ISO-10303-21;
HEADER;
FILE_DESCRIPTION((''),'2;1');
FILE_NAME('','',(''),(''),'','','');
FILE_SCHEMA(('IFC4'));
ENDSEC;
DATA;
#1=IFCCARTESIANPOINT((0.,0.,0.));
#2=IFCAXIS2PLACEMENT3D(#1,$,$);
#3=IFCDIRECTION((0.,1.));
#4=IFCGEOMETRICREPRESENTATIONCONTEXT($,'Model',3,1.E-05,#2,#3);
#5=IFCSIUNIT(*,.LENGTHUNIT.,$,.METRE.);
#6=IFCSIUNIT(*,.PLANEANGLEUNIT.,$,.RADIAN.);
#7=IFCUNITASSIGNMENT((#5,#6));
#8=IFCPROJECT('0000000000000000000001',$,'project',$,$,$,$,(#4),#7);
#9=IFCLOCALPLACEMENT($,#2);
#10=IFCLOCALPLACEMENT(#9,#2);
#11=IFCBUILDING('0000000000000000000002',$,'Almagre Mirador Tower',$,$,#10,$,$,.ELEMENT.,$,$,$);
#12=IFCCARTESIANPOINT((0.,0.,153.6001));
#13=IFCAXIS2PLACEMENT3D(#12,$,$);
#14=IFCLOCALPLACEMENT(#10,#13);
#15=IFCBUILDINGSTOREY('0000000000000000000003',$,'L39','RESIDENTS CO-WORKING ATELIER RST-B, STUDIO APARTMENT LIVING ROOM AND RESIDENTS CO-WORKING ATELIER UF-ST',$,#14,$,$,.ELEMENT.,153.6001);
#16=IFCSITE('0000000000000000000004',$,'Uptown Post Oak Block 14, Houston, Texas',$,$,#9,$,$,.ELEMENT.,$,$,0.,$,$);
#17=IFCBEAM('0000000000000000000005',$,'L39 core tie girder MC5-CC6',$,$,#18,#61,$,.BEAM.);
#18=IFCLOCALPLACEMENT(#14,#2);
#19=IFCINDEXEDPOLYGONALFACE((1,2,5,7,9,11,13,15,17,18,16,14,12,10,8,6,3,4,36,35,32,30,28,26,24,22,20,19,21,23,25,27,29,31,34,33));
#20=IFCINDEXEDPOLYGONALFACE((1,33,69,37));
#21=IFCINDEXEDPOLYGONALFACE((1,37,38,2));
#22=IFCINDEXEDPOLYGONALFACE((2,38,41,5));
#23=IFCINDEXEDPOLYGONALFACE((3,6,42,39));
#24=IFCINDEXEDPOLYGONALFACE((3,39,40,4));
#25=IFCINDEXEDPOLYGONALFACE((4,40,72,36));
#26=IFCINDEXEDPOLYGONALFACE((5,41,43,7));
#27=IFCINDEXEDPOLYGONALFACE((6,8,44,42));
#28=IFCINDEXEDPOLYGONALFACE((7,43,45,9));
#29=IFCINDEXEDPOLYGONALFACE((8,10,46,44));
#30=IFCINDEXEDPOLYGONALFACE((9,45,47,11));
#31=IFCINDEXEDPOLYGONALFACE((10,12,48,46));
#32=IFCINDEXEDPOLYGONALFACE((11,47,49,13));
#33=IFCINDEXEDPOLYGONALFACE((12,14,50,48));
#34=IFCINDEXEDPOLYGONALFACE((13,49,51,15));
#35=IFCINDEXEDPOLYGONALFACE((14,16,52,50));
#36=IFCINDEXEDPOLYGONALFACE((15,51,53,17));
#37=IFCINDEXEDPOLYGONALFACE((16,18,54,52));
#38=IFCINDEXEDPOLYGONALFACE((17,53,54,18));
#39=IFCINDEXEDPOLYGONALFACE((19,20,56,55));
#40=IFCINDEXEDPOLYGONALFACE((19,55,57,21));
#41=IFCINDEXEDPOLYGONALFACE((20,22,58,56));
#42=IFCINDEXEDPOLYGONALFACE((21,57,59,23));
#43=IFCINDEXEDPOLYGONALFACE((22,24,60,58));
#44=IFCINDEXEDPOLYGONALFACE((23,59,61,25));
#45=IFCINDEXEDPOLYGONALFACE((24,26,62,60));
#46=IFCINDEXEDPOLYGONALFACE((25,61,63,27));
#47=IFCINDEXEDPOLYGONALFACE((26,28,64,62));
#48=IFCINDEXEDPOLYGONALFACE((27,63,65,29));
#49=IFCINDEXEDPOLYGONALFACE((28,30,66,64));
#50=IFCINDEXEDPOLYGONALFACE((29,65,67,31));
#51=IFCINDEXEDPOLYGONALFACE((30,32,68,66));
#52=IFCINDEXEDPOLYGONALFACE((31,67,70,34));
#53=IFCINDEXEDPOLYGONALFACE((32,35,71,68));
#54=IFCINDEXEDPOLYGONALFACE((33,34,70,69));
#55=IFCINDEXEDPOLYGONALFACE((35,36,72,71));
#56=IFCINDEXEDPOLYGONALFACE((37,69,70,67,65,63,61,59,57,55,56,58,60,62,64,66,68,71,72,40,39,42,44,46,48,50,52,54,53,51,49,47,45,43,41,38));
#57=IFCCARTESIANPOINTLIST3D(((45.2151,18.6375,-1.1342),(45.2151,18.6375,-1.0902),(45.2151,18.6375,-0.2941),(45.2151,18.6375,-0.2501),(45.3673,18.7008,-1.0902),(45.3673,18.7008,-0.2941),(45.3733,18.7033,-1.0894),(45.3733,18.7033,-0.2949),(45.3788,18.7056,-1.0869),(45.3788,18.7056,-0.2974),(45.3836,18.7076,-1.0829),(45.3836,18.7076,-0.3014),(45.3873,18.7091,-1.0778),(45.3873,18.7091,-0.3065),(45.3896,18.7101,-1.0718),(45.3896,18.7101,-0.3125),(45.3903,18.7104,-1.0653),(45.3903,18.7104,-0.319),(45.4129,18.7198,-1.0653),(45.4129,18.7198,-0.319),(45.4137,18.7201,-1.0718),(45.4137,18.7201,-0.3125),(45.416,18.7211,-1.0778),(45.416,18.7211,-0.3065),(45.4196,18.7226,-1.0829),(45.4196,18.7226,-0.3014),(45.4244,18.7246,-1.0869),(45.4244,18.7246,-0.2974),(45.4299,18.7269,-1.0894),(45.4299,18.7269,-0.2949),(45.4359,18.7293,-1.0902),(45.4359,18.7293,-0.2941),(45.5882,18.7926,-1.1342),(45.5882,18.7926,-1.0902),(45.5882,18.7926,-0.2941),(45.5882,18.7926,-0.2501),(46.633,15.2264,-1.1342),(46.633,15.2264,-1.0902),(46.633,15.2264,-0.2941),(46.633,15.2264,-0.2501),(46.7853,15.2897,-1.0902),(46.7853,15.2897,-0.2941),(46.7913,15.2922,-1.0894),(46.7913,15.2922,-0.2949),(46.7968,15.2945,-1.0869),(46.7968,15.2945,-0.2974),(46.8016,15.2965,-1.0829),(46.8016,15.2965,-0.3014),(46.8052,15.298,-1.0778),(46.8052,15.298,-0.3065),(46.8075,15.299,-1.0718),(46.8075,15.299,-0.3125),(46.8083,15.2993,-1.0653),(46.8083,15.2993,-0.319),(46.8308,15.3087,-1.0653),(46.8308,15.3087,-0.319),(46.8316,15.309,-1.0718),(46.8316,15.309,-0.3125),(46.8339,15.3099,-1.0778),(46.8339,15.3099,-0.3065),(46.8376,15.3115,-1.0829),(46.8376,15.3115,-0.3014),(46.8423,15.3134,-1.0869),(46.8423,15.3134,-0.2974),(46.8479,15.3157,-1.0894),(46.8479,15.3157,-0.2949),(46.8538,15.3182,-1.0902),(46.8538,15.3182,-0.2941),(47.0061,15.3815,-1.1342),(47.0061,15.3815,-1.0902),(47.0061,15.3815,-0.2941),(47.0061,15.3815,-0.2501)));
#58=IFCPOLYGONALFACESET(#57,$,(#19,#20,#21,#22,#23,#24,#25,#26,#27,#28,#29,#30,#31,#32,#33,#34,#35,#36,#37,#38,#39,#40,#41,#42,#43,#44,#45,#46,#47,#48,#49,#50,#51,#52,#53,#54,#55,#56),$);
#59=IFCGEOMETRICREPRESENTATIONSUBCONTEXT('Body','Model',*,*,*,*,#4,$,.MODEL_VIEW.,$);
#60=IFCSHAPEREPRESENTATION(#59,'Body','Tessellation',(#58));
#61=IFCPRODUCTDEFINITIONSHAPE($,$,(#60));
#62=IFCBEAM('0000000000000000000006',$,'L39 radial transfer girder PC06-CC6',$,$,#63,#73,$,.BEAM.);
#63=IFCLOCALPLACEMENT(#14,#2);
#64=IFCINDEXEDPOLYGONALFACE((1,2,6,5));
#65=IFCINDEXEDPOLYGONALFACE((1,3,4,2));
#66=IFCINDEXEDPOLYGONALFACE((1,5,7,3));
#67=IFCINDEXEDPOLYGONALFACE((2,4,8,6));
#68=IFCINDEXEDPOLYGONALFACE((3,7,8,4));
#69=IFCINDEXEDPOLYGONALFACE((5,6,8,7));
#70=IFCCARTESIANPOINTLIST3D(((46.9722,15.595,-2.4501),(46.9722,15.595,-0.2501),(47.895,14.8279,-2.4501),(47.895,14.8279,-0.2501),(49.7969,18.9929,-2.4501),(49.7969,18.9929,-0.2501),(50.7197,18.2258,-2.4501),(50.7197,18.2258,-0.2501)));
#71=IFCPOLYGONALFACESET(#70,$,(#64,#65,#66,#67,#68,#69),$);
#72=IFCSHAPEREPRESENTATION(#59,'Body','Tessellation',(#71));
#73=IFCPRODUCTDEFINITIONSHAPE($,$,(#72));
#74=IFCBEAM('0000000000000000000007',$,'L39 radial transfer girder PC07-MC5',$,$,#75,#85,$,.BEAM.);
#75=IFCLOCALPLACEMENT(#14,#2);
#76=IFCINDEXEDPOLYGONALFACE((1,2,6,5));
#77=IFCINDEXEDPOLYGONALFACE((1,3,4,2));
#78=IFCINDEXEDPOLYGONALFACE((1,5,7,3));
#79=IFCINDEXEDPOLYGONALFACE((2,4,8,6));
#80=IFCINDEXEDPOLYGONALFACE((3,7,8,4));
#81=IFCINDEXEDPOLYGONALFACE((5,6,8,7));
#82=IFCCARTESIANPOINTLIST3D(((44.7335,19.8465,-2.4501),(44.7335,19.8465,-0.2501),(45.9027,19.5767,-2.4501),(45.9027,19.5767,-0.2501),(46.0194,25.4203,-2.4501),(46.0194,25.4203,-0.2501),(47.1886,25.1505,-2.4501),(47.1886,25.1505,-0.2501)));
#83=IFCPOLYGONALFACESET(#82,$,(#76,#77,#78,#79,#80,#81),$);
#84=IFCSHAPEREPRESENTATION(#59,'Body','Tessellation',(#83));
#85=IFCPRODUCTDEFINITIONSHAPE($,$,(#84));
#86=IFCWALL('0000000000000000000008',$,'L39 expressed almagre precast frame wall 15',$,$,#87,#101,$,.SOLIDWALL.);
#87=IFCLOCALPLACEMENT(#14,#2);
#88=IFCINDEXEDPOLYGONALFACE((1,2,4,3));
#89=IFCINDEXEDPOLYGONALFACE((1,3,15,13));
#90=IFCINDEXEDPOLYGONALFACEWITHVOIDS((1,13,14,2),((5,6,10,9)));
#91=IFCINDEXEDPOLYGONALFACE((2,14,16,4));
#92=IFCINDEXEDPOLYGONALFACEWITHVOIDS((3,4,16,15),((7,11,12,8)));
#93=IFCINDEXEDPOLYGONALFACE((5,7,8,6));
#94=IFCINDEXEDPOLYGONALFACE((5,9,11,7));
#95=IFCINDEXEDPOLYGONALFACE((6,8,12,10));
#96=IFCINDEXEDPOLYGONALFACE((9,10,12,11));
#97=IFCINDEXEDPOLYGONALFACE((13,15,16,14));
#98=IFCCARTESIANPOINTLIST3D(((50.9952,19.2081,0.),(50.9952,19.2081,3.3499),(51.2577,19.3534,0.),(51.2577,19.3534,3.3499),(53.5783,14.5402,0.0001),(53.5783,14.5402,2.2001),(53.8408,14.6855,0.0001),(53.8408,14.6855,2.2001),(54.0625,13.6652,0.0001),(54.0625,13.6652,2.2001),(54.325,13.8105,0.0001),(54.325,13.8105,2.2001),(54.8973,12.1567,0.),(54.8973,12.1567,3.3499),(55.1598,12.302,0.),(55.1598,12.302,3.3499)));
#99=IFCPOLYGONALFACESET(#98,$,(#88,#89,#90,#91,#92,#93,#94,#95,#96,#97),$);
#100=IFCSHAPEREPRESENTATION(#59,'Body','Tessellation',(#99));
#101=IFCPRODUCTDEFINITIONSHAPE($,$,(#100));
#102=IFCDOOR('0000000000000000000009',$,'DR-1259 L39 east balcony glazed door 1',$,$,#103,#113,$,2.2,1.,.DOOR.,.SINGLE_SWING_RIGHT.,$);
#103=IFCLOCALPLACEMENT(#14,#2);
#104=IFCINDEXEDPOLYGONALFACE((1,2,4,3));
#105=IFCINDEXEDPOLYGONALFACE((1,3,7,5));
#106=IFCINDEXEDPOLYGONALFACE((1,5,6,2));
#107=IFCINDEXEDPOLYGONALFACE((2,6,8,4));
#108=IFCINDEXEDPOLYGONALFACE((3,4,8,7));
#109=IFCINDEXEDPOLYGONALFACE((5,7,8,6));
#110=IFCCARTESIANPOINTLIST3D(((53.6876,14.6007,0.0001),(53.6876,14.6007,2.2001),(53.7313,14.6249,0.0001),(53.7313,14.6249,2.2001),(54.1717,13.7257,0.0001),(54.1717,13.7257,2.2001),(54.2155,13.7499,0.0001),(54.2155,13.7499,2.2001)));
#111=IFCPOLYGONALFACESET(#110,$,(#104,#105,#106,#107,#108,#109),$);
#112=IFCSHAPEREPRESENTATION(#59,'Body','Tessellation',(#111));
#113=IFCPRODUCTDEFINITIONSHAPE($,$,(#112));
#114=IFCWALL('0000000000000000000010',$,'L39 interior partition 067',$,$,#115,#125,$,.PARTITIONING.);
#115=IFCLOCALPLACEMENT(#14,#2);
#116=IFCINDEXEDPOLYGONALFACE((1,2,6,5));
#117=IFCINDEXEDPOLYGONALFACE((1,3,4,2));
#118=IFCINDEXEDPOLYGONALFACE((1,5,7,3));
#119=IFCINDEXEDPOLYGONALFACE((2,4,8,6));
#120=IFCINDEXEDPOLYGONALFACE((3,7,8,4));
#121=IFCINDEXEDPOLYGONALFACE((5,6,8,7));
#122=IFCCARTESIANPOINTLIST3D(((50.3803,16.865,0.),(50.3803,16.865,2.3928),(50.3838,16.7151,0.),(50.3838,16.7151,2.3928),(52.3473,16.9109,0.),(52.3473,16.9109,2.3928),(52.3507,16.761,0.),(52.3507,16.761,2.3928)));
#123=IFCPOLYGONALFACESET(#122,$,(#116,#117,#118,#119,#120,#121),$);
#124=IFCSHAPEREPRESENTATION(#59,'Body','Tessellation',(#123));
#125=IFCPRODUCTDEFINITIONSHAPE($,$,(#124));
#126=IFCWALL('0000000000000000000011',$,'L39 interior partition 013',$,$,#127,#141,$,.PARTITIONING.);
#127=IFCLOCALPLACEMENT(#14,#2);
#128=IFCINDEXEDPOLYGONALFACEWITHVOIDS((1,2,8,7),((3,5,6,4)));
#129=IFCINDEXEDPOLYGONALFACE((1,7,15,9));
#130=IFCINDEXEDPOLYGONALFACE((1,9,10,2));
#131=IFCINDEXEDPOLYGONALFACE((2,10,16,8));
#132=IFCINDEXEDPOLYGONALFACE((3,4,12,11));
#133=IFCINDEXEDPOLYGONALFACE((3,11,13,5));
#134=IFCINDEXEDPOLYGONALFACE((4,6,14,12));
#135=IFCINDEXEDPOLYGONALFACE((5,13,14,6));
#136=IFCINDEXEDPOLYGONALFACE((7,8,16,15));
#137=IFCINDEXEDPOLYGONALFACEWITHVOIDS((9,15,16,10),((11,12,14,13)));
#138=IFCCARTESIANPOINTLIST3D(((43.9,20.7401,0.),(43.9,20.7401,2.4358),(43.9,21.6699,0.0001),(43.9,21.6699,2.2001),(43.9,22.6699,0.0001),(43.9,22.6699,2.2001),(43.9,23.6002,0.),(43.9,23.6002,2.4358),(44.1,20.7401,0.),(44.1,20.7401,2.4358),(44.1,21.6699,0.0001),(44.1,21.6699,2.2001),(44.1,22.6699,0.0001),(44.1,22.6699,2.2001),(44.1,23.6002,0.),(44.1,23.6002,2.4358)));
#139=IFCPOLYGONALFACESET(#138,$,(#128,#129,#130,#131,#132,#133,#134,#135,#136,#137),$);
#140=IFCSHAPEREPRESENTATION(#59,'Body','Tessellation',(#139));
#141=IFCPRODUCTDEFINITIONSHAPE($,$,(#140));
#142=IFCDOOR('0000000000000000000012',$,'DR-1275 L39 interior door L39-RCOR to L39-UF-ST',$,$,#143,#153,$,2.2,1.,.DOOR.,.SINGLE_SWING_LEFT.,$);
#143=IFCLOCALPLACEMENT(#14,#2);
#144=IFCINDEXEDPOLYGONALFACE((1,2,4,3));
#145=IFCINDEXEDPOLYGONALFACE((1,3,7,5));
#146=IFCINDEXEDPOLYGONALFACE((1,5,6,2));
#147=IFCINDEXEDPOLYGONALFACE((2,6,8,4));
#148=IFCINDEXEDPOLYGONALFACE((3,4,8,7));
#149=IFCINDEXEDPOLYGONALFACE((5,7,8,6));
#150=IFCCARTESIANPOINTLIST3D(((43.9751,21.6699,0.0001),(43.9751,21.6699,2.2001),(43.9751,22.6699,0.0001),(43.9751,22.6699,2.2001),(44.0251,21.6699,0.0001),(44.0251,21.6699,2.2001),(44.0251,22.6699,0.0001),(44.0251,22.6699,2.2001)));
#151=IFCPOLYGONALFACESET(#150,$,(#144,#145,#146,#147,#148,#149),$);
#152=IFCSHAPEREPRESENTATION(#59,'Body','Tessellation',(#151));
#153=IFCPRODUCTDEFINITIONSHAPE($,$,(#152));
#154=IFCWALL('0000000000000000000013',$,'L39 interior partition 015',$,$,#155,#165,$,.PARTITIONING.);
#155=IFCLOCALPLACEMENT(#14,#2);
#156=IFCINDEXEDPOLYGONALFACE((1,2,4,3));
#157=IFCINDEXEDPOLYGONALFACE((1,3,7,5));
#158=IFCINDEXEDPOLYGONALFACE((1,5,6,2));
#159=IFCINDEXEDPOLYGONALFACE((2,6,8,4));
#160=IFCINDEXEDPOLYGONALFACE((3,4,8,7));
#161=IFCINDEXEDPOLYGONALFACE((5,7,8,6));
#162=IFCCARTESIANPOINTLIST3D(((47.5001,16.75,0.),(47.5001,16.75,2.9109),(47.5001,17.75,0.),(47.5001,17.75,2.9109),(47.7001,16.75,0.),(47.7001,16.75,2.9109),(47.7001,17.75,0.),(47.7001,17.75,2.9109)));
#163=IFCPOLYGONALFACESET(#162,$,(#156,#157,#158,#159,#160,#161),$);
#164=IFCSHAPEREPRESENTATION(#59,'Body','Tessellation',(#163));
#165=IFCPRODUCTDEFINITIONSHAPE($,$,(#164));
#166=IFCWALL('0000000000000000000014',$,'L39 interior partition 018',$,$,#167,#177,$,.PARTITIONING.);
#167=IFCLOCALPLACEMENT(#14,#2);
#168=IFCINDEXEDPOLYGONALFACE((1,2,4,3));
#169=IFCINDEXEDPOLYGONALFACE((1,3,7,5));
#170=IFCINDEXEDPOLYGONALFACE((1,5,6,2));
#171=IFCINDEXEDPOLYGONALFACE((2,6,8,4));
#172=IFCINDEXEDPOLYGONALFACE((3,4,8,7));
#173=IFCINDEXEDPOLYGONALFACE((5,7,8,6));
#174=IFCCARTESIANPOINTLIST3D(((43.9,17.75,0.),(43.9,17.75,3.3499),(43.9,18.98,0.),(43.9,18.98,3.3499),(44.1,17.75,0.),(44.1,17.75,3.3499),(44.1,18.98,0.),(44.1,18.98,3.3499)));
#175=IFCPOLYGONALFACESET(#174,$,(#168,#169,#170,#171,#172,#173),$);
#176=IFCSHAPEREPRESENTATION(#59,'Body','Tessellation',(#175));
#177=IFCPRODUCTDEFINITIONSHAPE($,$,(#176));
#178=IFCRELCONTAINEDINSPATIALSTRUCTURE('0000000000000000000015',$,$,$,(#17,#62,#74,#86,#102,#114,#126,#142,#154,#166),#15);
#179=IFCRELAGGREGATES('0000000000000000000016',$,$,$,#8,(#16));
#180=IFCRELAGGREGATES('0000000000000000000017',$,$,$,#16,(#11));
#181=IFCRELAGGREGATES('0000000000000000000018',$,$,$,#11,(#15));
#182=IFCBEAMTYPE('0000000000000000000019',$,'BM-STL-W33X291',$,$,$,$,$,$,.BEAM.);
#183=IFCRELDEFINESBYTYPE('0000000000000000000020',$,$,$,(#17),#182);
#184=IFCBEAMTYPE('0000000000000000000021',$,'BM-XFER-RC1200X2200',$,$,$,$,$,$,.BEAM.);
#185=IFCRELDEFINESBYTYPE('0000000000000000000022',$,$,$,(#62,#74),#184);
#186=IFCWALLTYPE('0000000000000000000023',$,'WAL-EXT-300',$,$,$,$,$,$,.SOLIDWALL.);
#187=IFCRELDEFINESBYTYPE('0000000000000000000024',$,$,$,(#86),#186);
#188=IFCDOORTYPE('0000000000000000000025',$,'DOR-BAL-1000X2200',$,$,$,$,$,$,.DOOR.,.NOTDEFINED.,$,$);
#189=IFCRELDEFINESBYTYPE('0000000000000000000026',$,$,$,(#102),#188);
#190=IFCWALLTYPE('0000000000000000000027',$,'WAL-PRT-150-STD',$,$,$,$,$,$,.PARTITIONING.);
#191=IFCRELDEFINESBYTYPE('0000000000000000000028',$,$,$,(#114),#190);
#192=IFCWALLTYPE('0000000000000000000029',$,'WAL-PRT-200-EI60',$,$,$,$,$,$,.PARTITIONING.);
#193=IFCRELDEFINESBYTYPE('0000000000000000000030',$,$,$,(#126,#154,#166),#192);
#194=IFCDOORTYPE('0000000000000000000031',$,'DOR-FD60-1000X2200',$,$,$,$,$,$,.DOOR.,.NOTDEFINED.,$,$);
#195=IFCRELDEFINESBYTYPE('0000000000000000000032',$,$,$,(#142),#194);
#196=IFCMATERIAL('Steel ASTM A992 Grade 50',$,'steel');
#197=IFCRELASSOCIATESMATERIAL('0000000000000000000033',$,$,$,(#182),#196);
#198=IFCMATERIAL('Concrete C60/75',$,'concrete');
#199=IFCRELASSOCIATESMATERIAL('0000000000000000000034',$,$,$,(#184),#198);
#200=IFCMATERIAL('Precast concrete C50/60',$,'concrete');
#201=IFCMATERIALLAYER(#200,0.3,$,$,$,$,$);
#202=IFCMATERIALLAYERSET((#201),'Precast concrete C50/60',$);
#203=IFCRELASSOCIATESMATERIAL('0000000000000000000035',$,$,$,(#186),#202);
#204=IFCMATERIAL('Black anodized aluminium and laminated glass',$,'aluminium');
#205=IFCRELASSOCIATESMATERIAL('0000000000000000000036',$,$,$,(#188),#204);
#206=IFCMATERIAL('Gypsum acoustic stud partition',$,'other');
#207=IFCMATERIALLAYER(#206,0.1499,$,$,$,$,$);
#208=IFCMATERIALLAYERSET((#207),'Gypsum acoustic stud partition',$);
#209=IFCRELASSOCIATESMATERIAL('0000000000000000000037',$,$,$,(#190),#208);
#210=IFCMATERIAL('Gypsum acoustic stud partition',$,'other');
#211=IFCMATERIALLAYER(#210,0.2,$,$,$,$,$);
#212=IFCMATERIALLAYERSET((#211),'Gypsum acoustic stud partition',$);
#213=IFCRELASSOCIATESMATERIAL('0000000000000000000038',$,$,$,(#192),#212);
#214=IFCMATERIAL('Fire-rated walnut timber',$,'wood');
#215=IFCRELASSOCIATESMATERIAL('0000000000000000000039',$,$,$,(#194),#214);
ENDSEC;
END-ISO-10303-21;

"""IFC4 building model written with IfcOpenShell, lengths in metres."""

from ifc_helpers import new_model, si_unit, direction, frame, frame_2d, origin, origin_2d, place, context, subcontext, project, spatial, rectangle, i_section, extrude, material, layer, layer_set, material_profile, profile_set, type_object, element, fill, save


model = new_model("IFC4")

# Units and contexts
model_context = context("Model", 3, precision=1e-05, world=origin(), true_north=direction((0.0, 1.0)))
body_context = subcontext(model_context, "Body", "Model", "MODEL_VIEW")
ifc_project = project(units=[si_unit("LENGTHUNIT", "METRE"), si_unit("PLANEANGLEUNIT", "RADIAN")], contexts=[model_context])

# Site, building, storey
site_placement = place(None, origin())
site = spatial("IfcSite", under=ifc_project, at=site_placement, Name="Uptown Post Oak Block 14, Houston, Texas", CompositionType="ELEMENT", RefElevation=0.0)
building_placement = place(site_placement, origin())
building = spatial("IfcBuilding", under=site, at=building_placement, Name="Almagre Mirador Tower", CompositionType="ELEMENT")
storey_placement = place(building_placement, frame((0.0, 0.0, 153.6001)))
storey = spatial("IfcBuildingStorey", under=building, at=storey_placement, Name="L39", Description="RESIDENTS CO-WORKING ATELIER RST-B, STUDIO APARTMENT LIVING ROOM AND RESIDENTS CO-WORKING ATELIER UF-ST", CompositionType="ELEMENT", Elevation=153.6001)

# Beams
ifc_material_1 = material(Name="Steel ASTM A992 Grade 50", Category="steel")
ifc_material_profile_1 = material_profile(ifc_material_1, i_section(OverallWidth=0.4041, OverallDepth=0.884, WebThickness=0.0244, FlangeThickness=0.0439, FilletRadius=0.0249, at=origin_2d()), Name="W33X291")
ifc_profile_set_1 = profile_set([ifc_material_profile_1], Name="Steel ASTM A992 Grade 50")
beam_type_1 = type_object("IfcBeamType", Name="BM-STL-W33X291", PredefinedType="BEAM", material=ifc_profile_set_1)
beam_1_placement = place(storey_placement, frame((45.4016, 18.7151, -0.6921), z_axis=(0.383846, -0.923397, 0.0), x_axis=(0.923397, 0.383846, 0.0)))
element("IfcBeam", 1, at=beam_1_placement, inside=storey, type_object=beam_type_1, Name="L39 core tie girder MC5-CC6", PredefinedType="BEAM", context=body_context, shape_type="SweptSolid", body=[
    extrude(i_section(OverallWidth=0.4041, OverallDepth=0.884, WebThickness=0.0244, FlangeThickness=0.0439, FilletRadius=0.0249, at=origin_2d()), origin(), (0.0, 0.0, 1.0), 3.6941),
])
ifc_material_2 = material(Name="Concrete C60/75", Category="concrete")
ifc_material_profile_2 = material_profile(ifc_material_2, rectangle(XDim=1.2, YDim=2.2, at=origin_2d()), Name="RC1200X2200")
ifc_profile_set_2 = profile_set([ifc_material_profile_2], Name="Concrete C60/75")
beam_type_2 = type_object("IfcBeamType", Name="BM-XFER-RC1200X2200", PredefinedType="BEAM", material=ifc_profile_set_2)
beam_2_placement = place(storey_placement, frame((50.2583, 18.6094, -1.3501), z_axis=(-0.63926, -0.768991, 0.0), x_axis=(0.768991, -0.63926, 0.0)))
element("IfcBeam", 2, at=beam_2_placement, inside=storey, type_object=beam_type_2, Name="L39 radial transfer girder PC06-CC6", PredefinedType="BEAM", context=body_context, shape_type="SweptSolid", body=[
    extrude(rectangle(XDim=1.2, YDim=2.2, at=origin_2d()), origin(), (0.0, 0.0, 1.0), 4.4187),
])
beam_3_placement = place(storey_placement, frame((46.604, 25.2854, -1.3501), z_axis=(-0.2248, -0.974405, 0.0), x_axis=(0.974405, -0.2248, 0.0)))
element("IfcBeam", 3, at=beam_3_placement, inside=storey, type_object=beam_type_2, Name="L39 radial transfer girder PC07-MC5", PredefinedType="BEAM", context=body_context, shape_type="SweptSolid", body=[
    extrude(rectangle(XDim=1.2, YDim=2.2, at=origin_2d()), origin(), (0.0, 0.0, 1.0), 5.7202),
])

# Wall, opening, door
ifc_material_3 = material(Name="Precast concrete C50/60", Category="concrete")
ifc_layer_1 = layer(ifc_material_3, 0.3)
ifc_layer_set_1 = layer_set([ifc_layer_1], Name="Precast concrete C50/60")
wall_type_1 = type_object("IfcWallType", Name="WAL-EXT-300", PredefinedType="SOLIDWALL", material=ifc_layer_set_1)
wall_1_placement = place(storey_placement, frame((51.1265, 19.2808, 0.0), z_axis=(0.0, 0.0, 1.0), x_axis=(0.484181, -0.874968, 0.0)))
wall_1 = element("IfcWall", 4, at=wall_1_placement, inside=storey, type_object=wall_type_1, Name="L39 expressed almagre precast frame wall 15", PredefinedType="SOLIDWALL", context=body_context, shape_type="SweptSolid", body=[
    extrude(rectangle(XDim=8.0591, YDim=0.3, at=frame_2d((4.0295, 0.0))), origin(), (0.0, 0.0, 1.0), 3.3499),
])
opening_1_placement = place(wall_1_placement, frame((5.335, 0.0, 0.0)))
opening_1 = element("IfcOpeningElement", 5, at=opening_1_placement, cuts=wall_1, PredefinedType="OPENING", context=body_context, shape_type="SweptSolid", body=[
    extrude(rectangle(XDim=1.0, YDim=2.2, at=frame_2d((0.5, 1.1001))), frame((0.0, 0.1599, 0.0), z_axis=(0.0, -1.0, 0.0), x_axis=(1.0, 0.0, 0.0)), (0.0, 0.0, 1.0), 0.32),
])
ifc_material_4 = material(Name="Black anodized aluminium and laminated glass", Category="aluminium")
door_type_1 = type_object("IfcDoorType", Name="DOR-BAL-1000X2200", OperationType="NOTDEFINED", PredefinedType="DOOR", material=ifc_material_4)
door_1_placement = place(opening_1_placement, origin())
door_1 = element("IfcDoor", 6, at=door_1_placement, inside=storey, type_object=door_type_1, Name="DR-1259 L39 east balcony glazed door 1", OperationType="SINGLE_SWING_RIGHT", OverallHeight=2.2, OverallWidth=1.0, PredefinedType="DOOR", context=body_context, shape_type="SweptSolid", body=[
    extrude(rectangle(XDim=1.0, YDim=2.2, at=frame_2d((0.5, 1.1001))), frame((0.0, 0.0249, 0.0), z_axis=(0.0, -1.0, 0.0), x_axis=(1.0, 0.0, 0.0)), (0.0, 0.0, 1.0), 0.05),
])
fill(opening_1, door_1)

# Wall
ifc_material_5 = material(Name="Gypsum acoustic stud partition", Category="other")
ifc_layer_2 = layer(ifc_material_5, 0.1499)
ifc_layer_set_2 = layer_set([ifc_layer_2], Name="Gypsum acoustic stud partition")
wall_type_2 = type_object("IfcWallType", Name="WAL-PRT-150-STD", PredefinedType="PARTITIONING", material=ifc_layer_set_2)
wall_2_placement = place(storey_placement, frame((52.3491, 16.8359, 0.0), z_axis=(0.0, 0.0, 1.0), x_axis=(-0.999728, -0.023327, 0.0)))
element("IfcWall", 7, at=wall_2_placement, inside=storey, type_object=wall_type_2, Name="L39 interior partition 067", PredefinedType="PARTITIONING", context=body_context, shape_type="SweptSolid", body=[
    extrude(rectangle(XDim=1.9675, YDim=0.1499, at=frame_2d((0.9839, 0.0))), origin(), (0.0, 0.0, 1.0), 2.3928),
])

# Wall, opening, door
ifc_material_6 = material(Name="Gypsum acoustic stud partition", Category="other")
ifc_layer_3 = layer(ifc_material_6, 0.2)
ifc_layer_set_3 = layer_set([ifc_layer_3], Name="Gypsum acoustic stud partition")
wall_type_3 = type_object("IfcWallType", Name="WAL-PRT-200-EI60", PredefinedType="PARTITIONING", material=ifc_layer_set_3)
wall_3_placement = place(storey_placement, frame((44.0, 20.74, 0.0), z_axis=(0.0, 0.0, 1.0), x_axis=(0.0, 1.0, 0.0)))
wall_3 = element("IfcWall", 8, at=wall_3_placement, inside=storey, type_object=wall_type_3, Name="L39 interior partition 013", PredefinedType="PARTITIONING", context=body_context, shape_type="SweptSolid", body=[
    extrude(rectangle(XDim=2.8601, YDim=0.2, at=frame_2d((1.4302, 0.0))), origin(), (0.0, 0.0, 1.0), 2.4358),
])
opening_2_placement = place(wall_3_placement, frame((0.9299, 0.0, 0.0)))
opening_2 = element("IfcOpeningElement", 9, at=opening_2_placement, cuts=wall_3, PredefinedType="OPENING", context=body_context, shape_type="SweptSolid", body=[
    extrude(rectangle(XDim=1.0, YDim=2.2, at=frame_2d((0.5, 1.1001))), frame((0.0, 0.1101, 0.0), z_axis=(0.0, -1.0, 0.0), x_axis=(1.0, 0.0, 0.0)), (0.0, 0.0, 1.0), 0.22),
])
ifc_material_7 = material(Name="Fire-rated walnut timber", Category="wood")
door_type_2 = type_object("IfcDoorType", Name="DOR-FD60-1000X2200", OperationType="NOTDEFINED", PredefinedType="DOOR", material=ifc_material_7)
door_2_placement = place(opening_2_placement, origin())
door_2 = element("IfcDoor", 10, at=door_2_placement, inside=storey, type_object=door_type_2, Name="DR-1275 L39 interior door L39-RCOR to L39-UF-ST", OperationType="SINGLE_SWING_LEFT", OverallHeight=2.2, OverallWidth=1.0, PredefinedType="DOOR", context=body_context, shape_type="SweptSolid", body=[
    extrude(rectangle(XDim=1.0, YDim=2.2, at=frame_2d((0.5, 1.1001))), frame((0.0, 0.0249, 0.0), z_axis=(0.0, -1.0, 0.0), x_axis=(1.0, 0.0, 0.0)), (0.0, 0.0, 1.0), 0.05),
])
fill(opening_2, door_2)

# Walls
wall_4_placement = place(storey_placement, frame((47.6001, 16.75, 0.0), z_axis=(0.0, 0.0, 1.0), x_axis=(0.0, 1.0, 0.0)))
element("IfcWall", 11, at=wall_4_placement, inside=storey, type_object=wall_type_3, Name="L39 interior partition 015", PredefinedType="PARTITIONING", context=body_context, shape_type="SweptSolid", body=[
    extrude(rectangle(XDim=1.0, YDim=0.2, at=frame_2d((0.5, 0.0))), origin(), (0.0, 0.0, 1.0), 2.9109),
])
wall_5_placement = place(storey_placement, frame((44.0, 17.75, 0.0), z_axis=(0.0, 0.0, 1.0), x_axis=(0.0, 1.0, 0.0)))
element("IfcWall", 12, at=wall_5_placement, inside=storey, type_object=wall_type_3, Name="L39 interior partition 018", PredefinedType="PARTITIONING", context=body_context, shape_type="SweptSolid", body=[
    extrude(rectangle(XDim=1.23, YDim=0.2, at=frame_2d((0.615, 0.0))), origin(), (0.0, 0.0, 1.0), 3.3499),
])

save(model, "model.ifc")
